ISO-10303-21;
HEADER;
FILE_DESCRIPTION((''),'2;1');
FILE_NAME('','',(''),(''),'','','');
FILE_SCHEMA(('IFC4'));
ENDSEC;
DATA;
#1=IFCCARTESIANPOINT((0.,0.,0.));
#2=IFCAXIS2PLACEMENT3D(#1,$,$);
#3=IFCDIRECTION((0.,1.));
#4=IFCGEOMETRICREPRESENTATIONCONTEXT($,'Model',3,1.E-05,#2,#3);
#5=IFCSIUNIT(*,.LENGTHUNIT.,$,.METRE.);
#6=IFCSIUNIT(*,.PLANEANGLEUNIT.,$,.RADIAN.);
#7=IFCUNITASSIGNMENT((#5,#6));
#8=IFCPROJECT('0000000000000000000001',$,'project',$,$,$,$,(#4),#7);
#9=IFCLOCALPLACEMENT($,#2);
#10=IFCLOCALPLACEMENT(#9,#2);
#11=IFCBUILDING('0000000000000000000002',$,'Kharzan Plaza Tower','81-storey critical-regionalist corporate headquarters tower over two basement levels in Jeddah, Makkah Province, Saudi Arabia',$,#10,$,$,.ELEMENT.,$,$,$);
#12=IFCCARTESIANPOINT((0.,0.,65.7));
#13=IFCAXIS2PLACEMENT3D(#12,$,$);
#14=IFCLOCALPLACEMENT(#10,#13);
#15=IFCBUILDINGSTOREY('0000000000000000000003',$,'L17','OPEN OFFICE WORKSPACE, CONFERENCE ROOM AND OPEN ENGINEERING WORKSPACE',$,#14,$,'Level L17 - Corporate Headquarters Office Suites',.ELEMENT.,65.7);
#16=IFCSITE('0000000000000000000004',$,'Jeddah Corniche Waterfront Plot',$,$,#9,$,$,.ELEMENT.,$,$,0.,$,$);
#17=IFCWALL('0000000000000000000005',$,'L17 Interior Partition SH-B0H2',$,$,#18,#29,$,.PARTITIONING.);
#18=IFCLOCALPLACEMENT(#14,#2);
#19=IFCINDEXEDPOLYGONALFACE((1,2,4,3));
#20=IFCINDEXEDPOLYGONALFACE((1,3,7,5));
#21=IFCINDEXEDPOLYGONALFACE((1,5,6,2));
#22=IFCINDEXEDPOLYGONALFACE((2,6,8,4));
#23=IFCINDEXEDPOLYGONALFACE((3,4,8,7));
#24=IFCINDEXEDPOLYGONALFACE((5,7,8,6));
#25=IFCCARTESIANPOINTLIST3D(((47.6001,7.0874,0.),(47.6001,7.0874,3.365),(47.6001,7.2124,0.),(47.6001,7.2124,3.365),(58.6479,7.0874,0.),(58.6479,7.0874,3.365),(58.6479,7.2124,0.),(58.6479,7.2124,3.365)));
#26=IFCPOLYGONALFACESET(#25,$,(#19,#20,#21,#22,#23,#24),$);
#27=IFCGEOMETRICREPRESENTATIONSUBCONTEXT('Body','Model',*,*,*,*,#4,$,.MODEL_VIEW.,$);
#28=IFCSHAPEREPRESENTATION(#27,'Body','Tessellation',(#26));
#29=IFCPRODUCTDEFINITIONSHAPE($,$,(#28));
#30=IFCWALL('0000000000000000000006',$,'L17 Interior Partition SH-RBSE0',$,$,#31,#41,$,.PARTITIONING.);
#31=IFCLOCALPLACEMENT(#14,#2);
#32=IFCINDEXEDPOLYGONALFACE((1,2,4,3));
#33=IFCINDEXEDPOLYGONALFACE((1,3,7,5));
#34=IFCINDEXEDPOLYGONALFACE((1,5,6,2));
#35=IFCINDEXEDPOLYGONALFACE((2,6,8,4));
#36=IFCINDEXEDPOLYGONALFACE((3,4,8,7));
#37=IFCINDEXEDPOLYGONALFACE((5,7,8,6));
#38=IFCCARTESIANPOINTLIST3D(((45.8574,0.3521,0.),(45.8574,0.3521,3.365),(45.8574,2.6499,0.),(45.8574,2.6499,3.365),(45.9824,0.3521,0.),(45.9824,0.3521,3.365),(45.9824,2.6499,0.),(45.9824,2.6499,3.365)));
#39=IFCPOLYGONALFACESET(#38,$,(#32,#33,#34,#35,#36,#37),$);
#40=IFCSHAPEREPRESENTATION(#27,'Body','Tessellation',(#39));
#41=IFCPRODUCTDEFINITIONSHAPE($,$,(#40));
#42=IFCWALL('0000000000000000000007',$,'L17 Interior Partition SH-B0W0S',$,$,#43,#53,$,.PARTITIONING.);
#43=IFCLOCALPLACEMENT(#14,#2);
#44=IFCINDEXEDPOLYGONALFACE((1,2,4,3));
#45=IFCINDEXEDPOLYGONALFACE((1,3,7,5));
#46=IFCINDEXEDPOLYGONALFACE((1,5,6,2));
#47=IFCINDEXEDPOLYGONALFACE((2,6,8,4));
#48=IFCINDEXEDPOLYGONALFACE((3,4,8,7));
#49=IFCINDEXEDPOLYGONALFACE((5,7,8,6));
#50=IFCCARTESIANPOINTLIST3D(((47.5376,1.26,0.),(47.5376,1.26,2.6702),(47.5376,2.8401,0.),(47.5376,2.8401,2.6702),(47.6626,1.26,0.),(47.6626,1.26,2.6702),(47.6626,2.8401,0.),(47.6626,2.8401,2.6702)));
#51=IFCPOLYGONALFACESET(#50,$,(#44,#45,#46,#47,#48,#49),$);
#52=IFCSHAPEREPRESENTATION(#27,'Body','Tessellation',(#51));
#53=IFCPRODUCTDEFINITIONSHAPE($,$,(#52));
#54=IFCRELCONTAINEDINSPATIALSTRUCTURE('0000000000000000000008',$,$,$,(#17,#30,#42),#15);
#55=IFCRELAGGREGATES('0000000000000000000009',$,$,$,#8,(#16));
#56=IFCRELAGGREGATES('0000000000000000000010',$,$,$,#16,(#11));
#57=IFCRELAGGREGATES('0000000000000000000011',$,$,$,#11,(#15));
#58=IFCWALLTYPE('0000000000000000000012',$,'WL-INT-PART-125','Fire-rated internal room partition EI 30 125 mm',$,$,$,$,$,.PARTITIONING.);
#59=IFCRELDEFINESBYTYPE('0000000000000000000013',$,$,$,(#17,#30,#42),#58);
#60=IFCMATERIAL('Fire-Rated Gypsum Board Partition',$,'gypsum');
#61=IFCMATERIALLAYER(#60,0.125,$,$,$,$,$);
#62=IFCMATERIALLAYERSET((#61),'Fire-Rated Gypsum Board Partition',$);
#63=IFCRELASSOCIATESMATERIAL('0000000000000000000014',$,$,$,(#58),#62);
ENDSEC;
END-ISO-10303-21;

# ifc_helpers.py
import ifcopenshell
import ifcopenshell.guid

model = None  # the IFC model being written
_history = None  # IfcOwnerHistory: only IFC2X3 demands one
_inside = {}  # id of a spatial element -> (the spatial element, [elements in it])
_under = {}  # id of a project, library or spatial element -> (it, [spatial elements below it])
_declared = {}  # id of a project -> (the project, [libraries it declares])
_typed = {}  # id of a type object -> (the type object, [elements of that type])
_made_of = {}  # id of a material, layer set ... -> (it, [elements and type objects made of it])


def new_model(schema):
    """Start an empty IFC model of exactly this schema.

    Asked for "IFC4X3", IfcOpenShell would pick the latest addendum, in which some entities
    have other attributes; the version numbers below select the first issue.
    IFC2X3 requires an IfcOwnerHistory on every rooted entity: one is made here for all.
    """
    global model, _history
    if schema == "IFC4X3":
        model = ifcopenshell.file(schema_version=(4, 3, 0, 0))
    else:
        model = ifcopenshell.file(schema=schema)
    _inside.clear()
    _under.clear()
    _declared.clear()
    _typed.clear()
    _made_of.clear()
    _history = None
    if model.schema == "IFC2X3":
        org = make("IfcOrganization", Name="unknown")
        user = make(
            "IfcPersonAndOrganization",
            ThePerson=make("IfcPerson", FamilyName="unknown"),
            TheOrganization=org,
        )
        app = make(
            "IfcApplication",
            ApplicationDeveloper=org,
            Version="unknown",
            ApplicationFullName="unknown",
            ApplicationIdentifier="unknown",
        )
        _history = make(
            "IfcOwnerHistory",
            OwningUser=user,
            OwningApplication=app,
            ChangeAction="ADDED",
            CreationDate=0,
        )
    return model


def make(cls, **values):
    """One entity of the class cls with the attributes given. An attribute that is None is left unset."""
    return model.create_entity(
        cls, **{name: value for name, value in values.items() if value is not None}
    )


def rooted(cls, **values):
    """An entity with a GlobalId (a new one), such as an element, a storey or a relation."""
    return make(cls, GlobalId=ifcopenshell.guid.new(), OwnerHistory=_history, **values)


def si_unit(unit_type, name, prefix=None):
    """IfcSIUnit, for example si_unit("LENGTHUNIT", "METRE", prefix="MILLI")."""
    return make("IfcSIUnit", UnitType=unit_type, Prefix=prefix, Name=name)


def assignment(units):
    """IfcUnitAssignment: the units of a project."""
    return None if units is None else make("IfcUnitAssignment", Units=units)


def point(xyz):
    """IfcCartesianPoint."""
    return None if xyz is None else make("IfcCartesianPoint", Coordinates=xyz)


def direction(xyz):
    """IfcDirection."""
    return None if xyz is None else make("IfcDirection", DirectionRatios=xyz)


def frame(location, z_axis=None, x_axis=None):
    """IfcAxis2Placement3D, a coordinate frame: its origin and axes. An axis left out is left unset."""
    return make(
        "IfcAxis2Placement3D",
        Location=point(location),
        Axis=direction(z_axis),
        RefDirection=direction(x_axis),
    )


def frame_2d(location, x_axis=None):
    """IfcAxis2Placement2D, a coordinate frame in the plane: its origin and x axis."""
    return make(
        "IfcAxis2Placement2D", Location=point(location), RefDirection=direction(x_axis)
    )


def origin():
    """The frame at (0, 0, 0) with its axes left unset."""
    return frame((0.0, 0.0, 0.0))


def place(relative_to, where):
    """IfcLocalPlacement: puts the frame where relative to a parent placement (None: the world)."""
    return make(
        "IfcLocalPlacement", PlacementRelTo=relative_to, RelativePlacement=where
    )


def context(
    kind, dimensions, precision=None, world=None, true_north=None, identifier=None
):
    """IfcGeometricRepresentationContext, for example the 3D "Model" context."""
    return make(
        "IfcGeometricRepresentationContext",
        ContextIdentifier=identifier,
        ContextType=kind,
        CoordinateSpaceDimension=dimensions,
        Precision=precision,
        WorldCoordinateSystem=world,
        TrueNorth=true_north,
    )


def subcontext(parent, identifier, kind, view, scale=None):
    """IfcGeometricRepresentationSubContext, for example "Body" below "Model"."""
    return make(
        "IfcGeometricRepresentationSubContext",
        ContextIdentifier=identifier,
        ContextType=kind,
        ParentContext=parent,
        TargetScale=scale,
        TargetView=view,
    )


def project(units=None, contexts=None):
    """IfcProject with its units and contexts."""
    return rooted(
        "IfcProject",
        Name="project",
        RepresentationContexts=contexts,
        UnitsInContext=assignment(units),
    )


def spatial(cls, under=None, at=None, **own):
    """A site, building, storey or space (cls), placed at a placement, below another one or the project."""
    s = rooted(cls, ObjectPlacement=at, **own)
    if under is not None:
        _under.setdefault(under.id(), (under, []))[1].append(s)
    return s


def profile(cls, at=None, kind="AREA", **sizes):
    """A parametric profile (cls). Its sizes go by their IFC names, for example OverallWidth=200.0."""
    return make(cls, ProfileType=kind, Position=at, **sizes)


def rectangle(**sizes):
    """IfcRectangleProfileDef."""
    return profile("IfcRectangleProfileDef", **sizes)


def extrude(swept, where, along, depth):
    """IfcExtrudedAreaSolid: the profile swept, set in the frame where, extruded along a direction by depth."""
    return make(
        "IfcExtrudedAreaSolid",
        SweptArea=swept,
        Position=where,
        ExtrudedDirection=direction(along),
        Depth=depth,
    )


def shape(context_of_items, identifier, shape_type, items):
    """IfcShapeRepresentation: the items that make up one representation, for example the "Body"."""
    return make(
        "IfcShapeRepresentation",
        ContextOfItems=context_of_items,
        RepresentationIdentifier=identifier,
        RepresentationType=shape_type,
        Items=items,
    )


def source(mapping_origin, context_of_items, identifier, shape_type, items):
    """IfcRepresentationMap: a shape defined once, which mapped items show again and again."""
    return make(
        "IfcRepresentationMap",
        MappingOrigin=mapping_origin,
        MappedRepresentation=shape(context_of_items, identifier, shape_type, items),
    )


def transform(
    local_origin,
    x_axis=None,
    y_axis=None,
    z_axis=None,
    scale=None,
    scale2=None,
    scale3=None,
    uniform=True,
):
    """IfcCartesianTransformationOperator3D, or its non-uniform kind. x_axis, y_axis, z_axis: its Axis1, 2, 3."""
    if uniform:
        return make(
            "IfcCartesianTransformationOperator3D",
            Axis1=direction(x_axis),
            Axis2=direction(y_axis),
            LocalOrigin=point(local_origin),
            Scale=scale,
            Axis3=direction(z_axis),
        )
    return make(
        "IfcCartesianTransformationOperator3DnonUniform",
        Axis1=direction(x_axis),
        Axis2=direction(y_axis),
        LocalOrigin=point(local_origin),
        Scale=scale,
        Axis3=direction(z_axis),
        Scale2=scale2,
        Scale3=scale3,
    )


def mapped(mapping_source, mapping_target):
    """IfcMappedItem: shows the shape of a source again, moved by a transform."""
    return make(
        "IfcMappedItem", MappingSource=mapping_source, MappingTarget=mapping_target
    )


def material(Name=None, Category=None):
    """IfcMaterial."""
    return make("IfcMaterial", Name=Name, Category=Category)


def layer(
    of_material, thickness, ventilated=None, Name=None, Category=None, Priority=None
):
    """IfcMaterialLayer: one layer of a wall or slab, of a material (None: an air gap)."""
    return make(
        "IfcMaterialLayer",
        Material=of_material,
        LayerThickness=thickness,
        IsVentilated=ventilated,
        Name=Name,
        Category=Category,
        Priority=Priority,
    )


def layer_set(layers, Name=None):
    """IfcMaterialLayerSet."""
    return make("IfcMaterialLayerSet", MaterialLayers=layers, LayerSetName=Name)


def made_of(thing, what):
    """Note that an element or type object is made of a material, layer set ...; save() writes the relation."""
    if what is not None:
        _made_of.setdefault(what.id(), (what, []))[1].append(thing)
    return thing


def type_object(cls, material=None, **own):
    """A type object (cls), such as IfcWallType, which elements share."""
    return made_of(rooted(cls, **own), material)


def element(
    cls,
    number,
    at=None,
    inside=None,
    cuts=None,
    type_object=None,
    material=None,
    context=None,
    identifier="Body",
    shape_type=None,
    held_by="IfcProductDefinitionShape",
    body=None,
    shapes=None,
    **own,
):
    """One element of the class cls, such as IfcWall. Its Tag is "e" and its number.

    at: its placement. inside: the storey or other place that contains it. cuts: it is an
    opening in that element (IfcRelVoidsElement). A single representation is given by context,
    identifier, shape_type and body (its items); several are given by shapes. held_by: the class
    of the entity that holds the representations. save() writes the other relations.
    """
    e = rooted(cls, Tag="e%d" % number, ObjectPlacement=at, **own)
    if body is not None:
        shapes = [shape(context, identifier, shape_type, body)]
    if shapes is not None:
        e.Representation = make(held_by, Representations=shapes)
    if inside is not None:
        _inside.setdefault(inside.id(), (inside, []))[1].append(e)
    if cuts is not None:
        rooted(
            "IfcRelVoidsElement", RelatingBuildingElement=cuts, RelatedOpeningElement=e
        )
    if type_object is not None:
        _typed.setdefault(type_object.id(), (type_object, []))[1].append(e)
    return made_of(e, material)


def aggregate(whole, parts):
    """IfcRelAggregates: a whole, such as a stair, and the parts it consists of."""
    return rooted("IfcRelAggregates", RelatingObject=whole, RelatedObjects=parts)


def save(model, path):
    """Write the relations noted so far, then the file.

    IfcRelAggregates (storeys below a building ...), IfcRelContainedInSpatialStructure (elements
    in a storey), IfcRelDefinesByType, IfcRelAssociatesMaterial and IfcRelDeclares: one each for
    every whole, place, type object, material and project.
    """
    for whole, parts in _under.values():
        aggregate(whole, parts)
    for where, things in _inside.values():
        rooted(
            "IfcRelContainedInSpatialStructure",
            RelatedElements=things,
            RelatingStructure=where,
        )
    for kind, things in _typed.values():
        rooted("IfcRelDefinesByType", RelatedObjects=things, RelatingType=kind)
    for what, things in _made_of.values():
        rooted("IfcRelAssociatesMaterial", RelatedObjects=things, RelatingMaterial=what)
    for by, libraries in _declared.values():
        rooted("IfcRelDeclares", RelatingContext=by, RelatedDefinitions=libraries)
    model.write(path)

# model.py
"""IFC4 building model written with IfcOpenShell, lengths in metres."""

from ifc_helpers import new_model, si_unit, direction, frame, frame_2d, origin, place, context, subcontext, project, spatial, rectangle, extrude, source, transform, mapped, material, layer, layer_set, type_object, element, save


model = new_model("IFC4")

# Units and contexts
model_context = context("Model", 3, precision=1e-05, world=origin(), true_north=direction((0.0, 1.0)))
body_context = subcontext(model_context, "Body", "Model", "MODEL_VIEW")
ifc_project = project(units=[si_unit("LENGTHUNIT", "METRE"), si_unit("PLANEANGLEUNIT", "RADIAN")], contexts=[model_context])

# Site, building, storey
site_placement = place(None, origin())
site = spatial("IfcSite", under=ifc_project, at=site_placement, Name="Jeddah Corniche Waterfront Plot", CompositionType="ELEMENT", RefElevation=0.0)
building_placement = place(site_placement, origin())
building = spatial("IfcBuilding", under=site, at=building_placement, Name="Kharzan Plaza Tower", Description="81-storey critical-regionalist corporate headquarters tower over two basement levels in Jeddah, Makkah Province, Saudi Arabia", CompositionType="ELEMENT")
storey_placement = place(building_placement, frame((0.0, 0.0, 65.7)))
storey = spatial("IfcBuildingStorey", under=building, at=storey_placement, Name="L17", Description="OPEN OFFICE WORKSPACE, CONFERENCE ROOM AND OPEN ENGINEERING WORKSPACE", LongName="Level L17 - Corporate Headquarters Office Suites", CompositionType="ELEMENT", Elevation=65.7)

# Shared definitions
ifc_material_1 = material(Name="Fire-Rated Gypsum Board Partition", Category="gypsum")
ifc_layer_1 = layer(ifc_material_1, 0.125)
ifc_layer_set_1 = layer_set([ifc_layer_1], Name="Fire-Rated Gypsum Board Partition")
wall_type_1 = type_object("IfcWallType", Name="WL-INT-PART-125", Description="Fire-rated internal room partition EI 30 125 mm", PredefinedType="PARTITIONING", material=ifc_layer_set_1)

# Walls
shared_shape_1 = source(origin(), body_context, "Body", "SweptSolid", [
    extrude(rectangle(XDim=11.0479, YDim=0.125, at=frame_2d((5.5239, 0.0))), origin(), (0.0, 0.0, 1.0), 3.365),
])
for number, where, z_axis, x_axis, name in (
    (1, (47.6001, 7.1499, 0.0), (0.0, 0.0, 1.0), (1.0, 0.0, 0.0), "L17 Interior Partition SH-B0H2"),
):
    element("IfcWall", number, at=place(storey_placement, frame(where, z_axis=z_axis, x_axis=x_axis)), inside=storey, type_object=wall_type_1, Name=name, PredefinedType="PARTITIONING", context=body_context, shape_type="MappedRepresentation", body=[
        mapped(shared_shape_1, transform((0.0, 0.0, 0.0), x_axis=(1.0, 0.0, 0.0), y_axis=(0.0, 1.0, 0.0), z_axis=(0.0, 0.0, 1.0))),
    ])
shared_shape_2 = source(origin(), body_context, "Body", "SweptSolid", [
    extrude(rectangle(XDim=2.2979, YDim=0.125, at=frame_2d((1.1489, 0.0))), origin(), (0.0, 0.0, 1.0), 3.365),
])
wall_1_placement = place(storey_placement, frame((45.9199, 0.3521, 0.0), z_axis=(0.0, 0.0, 1.0), x_axis=(0.0, 1.0, 0.0)))
element("IfcWall", 2, at=wall_1_placement, inside=storey, type_object=wall_type_1, Name="L17 Interior Partition SH-RBSE0", PredefinedType="PARTITIONING", context=body_context, shape_type="MappedRepresentation", body=[
    mapped(shared_shape_2, transform((0.0, 0.0, 0.0), x_axis=(1.0, 0.0, 0.0), y_axis=(0.0, 1.0, 0.0), z_axis=(0.0, 0.0, 1.0))),
])
shared_shape_3 = source(origin(), body_context, "Body", "SweptSolid", [
    extrude(rectangle(XDim=1.5801, YDim=0.125, at=frame_2d((0.79, 0.0))), origin(), (0.0, 0.0, 1.0), 2.6702),
])
wall_2_placement = place(storey_placement, frame((47.6001, 1.26, 0.0), z_axis=(0.0, 0.0, 1.0), x_axis=(0.0, 1.0, 0.0)))
element("IfcWall", 3, at=wall_2_placement, inside=storey, type_object=wall_type_1, Name="L17 Interior Partition SH-B0W0S", PredefinedType="PARTITIONING", context=body_context, shape_type="MappedRepresentation", body=[
    mapped(shared_shape_3, transform((0.0, 0.0, 0.0), x_axis=(1.0, 0.0, 0.0), y_axis=(0.0, 1.0, 0.0), z_axis=(0.0, 0.0, 1.0))),
])

save(model, "model.ifc")
